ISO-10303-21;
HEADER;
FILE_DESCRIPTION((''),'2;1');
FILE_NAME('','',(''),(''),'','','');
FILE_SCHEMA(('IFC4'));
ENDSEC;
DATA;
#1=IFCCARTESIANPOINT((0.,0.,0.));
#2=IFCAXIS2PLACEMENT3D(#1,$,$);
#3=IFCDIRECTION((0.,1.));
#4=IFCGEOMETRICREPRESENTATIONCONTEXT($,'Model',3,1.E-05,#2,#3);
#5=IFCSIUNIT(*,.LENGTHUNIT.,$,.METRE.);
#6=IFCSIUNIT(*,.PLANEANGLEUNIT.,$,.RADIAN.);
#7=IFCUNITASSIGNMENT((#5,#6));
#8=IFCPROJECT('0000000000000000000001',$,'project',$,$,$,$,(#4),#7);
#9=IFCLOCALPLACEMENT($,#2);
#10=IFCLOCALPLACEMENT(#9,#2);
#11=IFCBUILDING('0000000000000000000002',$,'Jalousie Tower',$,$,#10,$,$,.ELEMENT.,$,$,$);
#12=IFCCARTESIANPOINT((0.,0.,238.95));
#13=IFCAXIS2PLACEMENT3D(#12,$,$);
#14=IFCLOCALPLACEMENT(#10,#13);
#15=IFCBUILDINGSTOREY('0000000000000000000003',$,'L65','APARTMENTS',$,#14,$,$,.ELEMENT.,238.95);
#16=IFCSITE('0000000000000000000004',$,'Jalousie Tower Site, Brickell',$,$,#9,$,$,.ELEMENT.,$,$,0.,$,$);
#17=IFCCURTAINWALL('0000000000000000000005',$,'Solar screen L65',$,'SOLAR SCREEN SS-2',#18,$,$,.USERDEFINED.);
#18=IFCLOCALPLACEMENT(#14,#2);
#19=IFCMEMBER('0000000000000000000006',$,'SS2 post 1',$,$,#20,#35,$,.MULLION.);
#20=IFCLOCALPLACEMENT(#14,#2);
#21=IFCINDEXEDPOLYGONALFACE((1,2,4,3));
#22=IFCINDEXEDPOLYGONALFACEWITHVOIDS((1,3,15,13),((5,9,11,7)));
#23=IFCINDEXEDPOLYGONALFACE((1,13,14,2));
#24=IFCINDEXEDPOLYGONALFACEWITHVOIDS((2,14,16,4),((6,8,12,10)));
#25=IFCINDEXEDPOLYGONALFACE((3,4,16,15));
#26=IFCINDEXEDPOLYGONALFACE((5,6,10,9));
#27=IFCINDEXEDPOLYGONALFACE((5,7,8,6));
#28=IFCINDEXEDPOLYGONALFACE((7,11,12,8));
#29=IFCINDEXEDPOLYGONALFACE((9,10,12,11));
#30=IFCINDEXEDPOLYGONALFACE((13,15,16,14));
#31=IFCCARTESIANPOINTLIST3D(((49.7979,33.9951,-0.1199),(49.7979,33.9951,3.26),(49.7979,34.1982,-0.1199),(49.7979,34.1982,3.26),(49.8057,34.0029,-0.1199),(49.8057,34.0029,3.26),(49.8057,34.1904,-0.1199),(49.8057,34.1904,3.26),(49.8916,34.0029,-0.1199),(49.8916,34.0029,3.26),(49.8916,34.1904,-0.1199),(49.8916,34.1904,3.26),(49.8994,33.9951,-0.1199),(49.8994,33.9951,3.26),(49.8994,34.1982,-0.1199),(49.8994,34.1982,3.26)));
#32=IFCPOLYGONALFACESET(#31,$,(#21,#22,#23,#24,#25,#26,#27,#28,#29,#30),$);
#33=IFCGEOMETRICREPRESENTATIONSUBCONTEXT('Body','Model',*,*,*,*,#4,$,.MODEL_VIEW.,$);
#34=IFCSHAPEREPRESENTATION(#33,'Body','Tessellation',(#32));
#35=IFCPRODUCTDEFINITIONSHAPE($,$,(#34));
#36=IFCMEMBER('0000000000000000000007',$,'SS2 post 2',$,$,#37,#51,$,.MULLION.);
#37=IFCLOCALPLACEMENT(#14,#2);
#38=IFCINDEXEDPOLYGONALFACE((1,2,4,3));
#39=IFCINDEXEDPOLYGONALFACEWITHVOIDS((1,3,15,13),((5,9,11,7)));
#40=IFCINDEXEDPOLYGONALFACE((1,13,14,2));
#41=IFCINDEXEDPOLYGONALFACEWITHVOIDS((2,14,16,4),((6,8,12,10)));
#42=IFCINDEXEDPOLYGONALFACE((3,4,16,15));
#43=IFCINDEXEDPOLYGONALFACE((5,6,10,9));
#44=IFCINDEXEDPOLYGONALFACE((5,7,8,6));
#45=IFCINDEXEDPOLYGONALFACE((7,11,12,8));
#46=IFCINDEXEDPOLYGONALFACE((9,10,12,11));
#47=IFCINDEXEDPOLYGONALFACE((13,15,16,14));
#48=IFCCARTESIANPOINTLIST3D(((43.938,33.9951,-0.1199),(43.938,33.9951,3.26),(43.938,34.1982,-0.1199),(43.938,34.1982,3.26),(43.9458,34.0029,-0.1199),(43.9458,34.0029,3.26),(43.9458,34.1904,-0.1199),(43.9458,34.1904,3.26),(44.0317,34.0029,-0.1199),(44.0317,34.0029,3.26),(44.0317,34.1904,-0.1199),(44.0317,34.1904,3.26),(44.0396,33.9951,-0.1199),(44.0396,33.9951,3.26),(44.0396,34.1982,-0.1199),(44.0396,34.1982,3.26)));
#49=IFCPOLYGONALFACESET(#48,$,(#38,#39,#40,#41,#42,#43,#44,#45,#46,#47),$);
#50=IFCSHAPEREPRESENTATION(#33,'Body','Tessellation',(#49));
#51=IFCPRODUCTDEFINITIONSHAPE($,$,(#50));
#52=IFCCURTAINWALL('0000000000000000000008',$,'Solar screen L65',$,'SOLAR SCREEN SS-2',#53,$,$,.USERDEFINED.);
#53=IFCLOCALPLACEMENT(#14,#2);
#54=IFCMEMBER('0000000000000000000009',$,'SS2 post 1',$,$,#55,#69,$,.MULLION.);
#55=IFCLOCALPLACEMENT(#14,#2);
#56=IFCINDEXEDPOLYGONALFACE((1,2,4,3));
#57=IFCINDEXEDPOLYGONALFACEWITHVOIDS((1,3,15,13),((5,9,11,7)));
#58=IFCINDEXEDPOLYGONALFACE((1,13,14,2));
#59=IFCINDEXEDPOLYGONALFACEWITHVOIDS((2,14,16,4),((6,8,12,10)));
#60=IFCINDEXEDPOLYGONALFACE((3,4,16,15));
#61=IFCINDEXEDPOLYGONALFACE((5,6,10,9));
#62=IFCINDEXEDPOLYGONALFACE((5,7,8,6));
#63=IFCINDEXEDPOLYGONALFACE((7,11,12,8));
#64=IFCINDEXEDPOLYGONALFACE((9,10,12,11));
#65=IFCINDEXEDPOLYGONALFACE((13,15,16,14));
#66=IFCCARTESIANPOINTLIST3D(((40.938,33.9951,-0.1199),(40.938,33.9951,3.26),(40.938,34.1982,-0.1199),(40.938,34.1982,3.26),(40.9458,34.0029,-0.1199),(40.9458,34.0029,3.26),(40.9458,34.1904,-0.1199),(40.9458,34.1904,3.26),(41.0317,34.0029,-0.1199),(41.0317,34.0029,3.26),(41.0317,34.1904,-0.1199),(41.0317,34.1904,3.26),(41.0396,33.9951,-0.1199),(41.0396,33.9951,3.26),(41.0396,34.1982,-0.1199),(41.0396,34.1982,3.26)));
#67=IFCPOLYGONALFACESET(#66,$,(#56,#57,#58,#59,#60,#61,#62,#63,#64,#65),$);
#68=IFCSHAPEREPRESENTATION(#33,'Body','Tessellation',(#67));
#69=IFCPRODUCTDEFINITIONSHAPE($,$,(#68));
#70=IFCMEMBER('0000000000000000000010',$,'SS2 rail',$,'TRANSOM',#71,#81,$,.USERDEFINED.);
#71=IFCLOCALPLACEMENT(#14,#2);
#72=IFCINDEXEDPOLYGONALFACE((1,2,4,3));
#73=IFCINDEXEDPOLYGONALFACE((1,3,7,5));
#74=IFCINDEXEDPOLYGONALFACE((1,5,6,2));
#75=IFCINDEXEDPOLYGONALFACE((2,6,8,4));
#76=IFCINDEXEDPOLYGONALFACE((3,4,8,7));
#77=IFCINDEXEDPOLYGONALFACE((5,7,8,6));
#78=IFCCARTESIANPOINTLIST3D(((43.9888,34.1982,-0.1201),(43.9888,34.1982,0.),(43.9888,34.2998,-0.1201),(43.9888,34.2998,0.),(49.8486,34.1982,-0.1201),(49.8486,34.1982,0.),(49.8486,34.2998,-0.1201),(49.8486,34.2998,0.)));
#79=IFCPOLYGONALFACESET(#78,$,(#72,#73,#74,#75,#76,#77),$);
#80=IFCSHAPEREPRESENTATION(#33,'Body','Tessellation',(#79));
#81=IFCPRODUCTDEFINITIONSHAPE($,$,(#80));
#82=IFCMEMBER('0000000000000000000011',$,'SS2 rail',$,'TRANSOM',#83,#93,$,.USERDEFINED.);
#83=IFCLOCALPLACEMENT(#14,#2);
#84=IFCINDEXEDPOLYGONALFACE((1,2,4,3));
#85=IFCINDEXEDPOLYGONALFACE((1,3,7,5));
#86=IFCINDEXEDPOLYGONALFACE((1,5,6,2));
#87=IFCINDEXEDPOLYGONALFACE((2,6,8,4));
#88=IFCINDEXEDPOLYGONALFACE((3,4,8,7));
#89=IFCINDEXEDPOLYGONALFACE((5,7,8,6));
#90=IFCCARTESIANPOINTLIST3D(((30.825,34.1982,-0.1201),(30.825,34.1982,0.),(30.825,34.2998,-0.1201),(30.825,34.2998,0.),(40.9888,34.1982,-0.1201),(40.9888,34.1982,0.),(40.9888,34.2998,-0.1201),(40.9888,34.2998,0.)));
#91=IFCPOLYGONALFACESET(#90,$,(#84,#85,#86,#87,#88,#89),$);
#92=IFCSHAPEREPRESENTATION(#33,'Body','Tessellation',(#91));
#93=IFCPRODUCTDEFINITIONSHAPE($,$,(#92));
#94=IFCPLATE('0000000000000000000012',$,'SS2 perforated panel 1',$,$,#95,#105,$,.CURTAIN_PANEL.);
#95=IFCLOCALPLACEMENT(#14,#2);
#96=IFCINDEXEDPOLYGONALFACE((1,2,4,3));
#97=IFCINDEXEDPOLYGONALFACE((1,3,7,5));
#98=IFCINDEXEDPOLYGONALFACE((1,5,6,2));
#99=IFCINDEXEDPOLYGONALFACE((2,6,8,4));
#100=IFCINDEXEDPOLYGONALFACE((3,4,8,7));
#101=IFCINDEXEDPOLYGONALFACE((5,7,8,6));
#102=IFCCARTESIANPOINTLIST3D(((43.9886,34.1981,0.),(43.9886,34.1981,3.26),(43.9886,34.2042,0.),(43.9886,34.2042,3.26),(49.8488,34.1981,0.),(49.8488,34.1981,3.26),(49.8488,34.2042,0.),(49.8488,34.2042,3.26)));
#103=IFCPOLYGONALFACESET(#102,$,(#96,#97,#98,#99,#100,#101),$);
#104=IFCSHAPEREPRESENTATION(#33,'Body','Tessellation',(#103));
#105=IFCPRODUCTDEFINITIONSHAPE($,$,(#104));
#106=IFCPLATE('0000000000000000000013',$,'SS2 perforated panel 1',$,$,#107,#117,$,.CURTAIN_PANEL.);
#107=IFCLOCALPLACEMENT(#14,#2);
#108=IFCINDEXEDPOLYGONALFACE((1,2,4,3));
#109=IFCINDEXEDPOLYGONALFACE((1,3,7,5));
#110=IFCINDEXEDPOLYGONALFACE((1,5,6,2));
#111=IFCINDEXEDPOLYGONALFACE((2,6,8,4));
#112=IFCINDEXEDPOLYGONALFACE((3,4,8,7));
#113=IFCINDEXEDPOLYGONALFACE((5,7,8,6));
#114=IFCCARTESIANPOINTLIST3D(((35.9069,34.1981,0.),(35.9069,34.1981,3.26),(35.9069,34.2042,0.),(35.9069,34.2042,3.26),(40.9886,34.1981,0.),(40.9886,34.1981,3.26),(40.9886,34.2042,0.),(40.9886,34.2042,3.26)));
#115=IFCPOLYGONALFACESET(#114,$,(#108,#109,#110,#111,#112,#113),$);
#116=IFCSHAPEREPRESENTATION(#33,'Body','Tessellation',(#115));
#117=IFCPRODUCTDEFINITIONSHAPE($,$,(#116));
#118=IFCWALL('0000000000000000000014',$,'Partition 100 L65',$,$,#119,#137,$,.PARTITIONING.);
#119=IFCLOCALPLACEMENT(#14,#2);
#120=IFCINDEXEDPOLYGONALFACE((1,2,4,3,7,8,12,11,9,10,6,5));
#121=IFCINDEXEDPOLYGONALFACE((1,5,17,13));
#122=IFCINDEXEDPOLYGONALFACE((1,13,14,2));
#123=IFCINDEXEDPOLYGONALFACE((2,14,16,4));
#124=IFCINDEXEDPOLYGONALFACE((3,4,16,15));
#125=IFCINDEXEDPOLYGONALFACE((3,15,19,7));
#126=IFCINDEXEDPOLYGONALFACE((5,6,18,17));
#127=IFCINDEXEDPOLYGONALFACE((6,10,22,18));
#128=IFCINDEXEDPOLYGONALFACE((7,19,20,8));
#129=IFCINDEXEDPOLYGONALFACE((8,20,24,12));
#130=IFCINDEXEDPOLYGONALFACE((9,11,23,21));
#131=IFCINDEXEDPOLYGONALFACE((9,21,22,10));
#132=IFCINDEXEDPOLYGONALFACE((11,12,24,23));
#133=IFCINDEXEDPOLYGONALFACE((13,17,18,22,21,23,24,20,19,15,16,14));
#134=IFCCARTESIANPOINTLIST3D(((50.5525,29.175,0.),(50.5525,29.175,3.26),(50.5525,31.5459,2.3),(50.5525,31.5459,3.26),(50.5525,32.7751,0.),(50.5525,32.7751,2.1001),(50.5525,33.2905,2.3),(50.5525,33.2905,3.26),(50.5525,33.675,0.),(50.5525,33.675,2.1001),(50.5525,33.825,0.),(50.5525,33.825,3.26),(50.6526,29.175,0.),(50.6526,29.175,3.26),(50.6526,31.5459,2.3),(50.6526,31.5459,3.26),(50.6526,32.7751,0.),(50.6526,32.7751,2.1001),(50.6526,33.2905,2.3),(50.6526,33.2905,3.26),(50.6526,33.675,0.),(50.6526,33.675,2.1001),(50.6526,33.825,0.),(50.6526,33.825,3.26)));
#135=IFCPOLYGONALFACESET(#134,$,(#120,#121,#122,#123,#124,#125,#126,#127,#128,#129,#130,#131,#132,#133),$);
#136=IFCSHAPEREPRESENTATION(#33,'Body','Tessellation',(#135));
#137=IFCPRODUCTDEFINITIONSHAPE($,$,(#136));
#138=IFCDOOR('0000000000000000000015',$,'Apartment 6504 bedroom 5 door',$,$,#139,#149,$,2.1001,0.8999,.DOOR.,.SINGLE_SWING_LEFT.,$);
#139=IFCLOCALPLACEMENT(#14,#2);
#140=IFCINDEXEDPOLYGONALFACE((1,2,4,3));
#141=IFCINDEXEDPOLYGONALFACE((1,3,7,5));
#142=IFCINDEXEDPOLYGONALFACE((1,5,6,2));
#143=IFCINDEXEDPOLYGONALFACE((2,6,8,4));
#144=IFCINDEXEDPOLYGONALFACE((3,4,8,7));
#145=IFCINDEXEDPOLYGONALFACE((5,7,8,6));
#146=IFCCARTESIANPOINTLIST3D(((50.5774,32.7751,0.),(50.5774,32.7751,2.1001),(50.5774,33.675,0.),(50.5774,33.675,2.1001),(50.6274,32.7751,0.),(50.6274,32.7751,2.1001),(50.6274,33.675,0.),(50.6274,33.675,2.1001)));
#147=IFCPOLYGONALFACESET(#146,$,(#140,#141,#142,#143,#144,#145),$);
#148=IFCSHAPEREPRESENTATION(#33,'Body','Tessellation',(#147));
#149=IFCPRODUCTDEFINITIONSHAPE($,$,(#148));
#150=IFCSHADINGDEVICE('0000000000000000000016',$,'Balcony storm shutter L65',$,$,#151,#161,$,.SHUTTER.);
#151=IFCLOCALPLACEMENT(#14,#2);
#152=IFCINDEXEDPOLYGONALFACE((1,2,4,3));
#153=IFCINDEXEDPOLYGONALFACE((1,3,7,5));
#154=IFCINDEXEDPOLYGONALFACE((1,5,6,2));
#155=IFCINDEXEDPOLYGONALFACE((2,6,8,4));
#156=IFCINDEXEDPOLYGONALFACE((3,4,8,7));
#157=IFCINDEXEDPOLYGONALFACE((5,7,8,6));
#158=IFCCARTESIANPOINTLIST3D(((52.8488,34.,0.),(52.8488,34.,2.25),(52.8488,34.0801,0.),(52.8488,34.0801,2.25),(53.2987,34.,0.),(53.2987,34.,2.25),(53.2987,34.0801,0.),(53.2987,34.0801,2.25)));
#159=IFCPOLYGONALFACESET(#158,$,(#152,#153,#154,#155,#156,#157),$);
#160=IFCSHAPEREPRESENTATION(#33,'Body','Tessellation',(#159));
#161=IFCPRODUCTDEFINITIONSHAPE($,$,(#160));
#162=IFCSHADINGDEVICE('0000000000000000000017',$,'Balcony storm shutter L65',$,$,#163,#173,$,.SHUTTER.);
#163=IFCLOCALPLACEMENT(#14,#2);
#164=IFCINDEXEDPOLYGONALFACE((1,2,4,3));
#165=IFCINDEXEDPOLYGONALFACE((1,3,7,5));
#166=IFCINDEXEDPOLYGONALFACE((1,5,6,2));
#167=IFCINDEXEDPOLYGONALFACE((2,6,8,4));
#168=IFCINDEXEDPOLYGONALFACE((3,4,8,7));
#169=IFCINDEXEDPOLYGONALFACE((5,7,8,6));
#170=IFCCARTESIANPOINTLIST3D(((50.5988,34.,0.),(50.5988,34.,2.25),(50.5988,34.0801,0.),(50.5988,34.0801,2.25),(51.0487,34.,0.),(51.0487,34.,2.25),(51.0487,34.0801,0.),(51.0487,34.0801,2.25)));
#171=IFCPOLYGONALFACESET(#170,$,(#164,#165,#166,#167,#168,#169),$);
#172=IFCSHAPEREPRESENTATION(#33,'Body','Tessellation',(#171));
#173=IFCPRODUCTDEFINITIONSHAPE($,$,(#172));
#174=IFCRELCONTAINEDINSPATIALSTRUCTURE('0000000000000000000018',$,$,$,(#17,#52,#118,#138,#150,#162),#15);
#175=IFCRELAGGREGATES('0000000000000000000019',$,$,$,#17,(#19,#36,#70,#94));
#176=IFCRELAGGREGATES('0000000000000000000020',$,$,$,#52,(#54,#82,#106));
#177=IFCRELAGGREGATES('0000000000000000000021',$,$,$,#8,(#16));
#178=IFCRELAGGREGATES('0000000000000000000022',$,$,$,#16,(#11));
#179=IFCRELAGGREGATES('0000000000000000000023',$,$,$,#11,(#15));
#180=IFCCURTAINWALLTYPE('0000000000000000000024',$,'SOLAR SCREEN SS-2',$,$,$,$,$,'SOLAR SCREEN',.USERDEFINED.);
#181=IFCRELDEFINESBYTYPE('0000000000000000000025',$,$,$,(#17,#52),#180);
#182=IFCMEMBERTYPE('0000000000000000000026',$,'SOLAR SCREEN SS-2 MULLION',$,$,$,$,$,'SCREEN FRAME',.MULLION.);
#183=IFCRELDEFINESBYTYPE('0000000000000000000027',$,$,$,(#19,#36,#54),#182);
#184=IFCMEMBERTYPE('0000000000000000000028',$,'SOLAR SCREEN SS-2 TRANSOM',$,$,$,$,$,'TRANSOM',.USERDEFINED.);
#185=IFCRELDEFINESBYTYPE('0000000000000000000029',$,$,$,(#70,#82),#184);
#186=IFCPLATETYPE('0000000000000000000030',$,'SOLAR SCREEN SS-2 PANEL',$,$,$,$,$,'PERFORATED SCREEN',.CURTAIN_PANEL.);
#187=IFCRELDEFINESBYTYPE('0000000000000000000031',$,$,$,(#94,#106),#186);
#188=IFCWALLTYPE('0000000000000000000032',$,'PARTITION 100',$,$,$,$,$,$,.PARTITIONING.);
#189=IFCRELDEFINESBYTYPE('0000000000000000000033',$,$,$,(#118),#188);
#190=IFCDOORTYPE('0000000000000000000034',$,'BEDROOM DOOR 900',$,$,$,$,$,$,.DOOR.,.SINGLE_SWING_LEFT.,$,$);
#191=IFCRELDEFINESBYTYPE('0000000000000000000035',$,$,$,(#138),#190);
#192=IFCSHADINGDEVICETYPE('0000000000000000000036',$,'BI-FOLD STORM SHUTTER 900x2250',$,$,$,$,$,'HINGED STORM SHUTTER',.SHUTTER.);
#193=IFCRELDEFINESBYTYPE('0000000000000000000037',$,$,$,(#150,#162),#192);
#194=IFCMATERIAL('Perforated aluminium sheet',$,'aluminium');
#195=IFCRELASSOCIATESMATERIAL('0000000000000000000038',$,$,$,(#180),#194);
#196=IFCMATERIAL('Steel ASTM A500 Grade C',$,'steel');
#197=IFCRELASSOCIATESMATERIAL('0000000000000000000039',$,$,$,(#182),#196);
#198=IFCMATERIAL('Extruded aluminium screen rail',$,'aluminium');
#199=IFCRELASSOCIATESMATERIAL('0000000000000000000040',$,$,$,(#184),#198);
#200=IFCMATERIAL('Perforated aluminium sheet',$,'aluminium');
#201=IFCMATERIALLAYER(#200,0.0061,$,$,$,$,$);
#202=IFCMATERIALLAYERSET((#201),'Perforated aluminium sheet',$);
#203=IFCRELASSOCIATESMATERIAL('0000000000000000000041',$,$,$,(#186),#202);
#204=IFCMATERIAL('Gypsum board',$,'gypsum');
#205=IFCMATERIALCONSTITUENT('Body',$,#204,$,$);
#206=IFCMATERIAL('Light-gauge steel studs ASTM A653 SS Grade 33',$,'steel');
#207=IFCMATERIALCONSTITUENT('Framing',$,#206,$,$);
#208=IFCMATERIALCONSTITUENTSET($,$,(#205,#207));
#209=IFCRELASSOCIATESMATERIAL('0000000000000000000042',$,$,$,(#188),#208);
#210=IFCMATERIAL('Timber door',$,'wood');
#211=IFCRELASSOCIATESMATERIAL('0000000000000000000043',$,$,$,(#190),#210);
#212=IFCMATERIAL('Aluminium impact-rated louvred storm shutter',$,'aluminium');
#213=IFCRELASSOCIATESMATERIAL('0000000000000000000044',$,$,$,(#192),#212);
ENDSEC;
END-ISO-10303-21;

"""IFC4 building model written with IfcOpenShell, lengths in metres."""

from ifc_helpers import new_model, si_unit, direction, frame, frame_2d, origin, origin_2d, place, context, subcontext, project, spatial, polyline, rectangle, hollow_rectangle, outline, extrude, material, layer, layer_set, constituent, constituent_set, material_profile, profile_set, type_object, element, fill, aggregate, save


model = new_model("IFC4")

# Units and contexts
model_context = context("Model", 3, precision=1e-05, world=origin(), true_north=direction((0.0, 1.0)))
body_context = subcontext(model_context, "Body", "Model", "MODEL_VIEW")
ifc_project = project(units=[si_unit("LENGTHUNIT", "METRE"), si_unit("PLANEANGLEUNIT", "RADIAN")], contexts=[model_context])

# Site, building, storey
site_placement = place(None, origin())
site = spatial("IfcSite", under=ifc_project, at=site_placement, Name="Jalousie Tower Site, Brickell", CompositionType="ELEMENT", RefElevation=0.0)
building_placement = place(site_placement, origin())
building = spatial("IfcBuilding", under=site, at=building_placement, Name="Jalousie Tower", CompositionType="ELEMENT")
storey_placement = place(building_placement, frame((0.0, 0.0, 238.95)))
storey = spatial("IfcBuildingStorey", under=building, at=storey_placement, Name="L65", Description="APARTMENTS", CompositionType="ELEMENT", Elevation=238.95)

# Curtain wall, members
ifc_material_1 = material(Name="Perforated aluminium sheet", Category="aluminium")
curtain_wall_type = type_object("IfcCurtainWallType", Name="SOLAR SCREEN SS-2", ElementType="SOLAR SCREEN", PredefinedType="USERDEFINED", material=ifc_material_1)
curtain_wall_1_placement = place(storey_placement, origin())
curtain_wall_1 = element("IfcCurtainWall", 1, at=curtain_wall_1_placement, inside=storey, type_object=curtain_wall_type, Name="Solar screen L65", ObjectType="SOLAR SCREEN SS-2", PredefinedType="USERDEFINED")
ifc_material_2 = material(Name="Steel ASTM A500 Grade C", Category="steel")
ifc_material_profile_1 = material_profile(ifc_material_2, hollow_rectangle(XDim=0.1016, YDim=0.2031, WallThickness=0.0078, at=origin_2d()), Name="HSS8X4X5/16")
ifc_profile_set_1 = profile_set([ifc_material_profile_1], Name="Steel ASTM A500 Grade C")
member_type_1 = type_object("IfcMemberType", Name="SOLAR SCREEN SS-2 MULLION", ElementType="SCREEN FRAME", PredefinedType="MULLION", material=ifc_profile_set_1)
member_1_placement = place(storey_placement, frame((49.8486, 34.0967, -0.1199), z_axis=(0.0, 0.0, 1.0), x_axis=(-1.0, 0.0, 0.0)))
member_1 = element("IfcMember", 2, at=member_1_placement, type_object=member_type_1, Name="SS2 post 1", PredefinedType="MULLION", context=body_context, shape_type="SweptSolid", body=[
    extrude(hollow_rectangle(XDim=0.1016, YDim=0.2031, WallThickness=0.0078, at=origin_2d()), origin(), (0.0, 0.0, 1.0), 3.3799),
])
member_2_placement = place(storey_placement, frame((43.9888, 34.0967, -0.1199), z_axis=(0.0, 0.0, 1.0), x_axis=(-1.0, 0.0, 0.0)))
member_2 = element("IfcMember", 3, at=member_2_placement, type_object=member_type_1, Name="SS2 post 2", PredefinedType="MULLION", context=body_context, shape_type="SweptSolid", body=[
    extrude(hollow_rectangle(XDim=0.1016, YDim=0.2031, WallThickness=0.0078, at=origin_2d()), origin(), (0.0, 0.0, 1.0), 3.3799),
])

# Curtain wall, member
curtain_wall_2_placement = place(storey_placement, origin())
curtain_wall_2 = element("IfcCurtainWall", 4, at=curtain_wall_2_placement, inside=storey, type_object=curtain_wall_type, Name="Solar screen L65", ObjectType="SOLAR SCREEN SS-2", PredefinedType="USERDEFINED")
member_3_placement = place(storey_placement, frame((40.9888, 34.0967, -0.1199), z_axis=(0.0, 0.0, 1.0), x_axis=(-1.0, 0.0, 0.0)))
member_3 = element("IfcMember", 5, at=member_3_placement, type_object=member_type_1, Name="SS2 post 1", PredefinedType="MULLION", context=body_context, shape_type="SweptSolid", body=[
    extrude(hollow_rectangle(XDim=0.1016, YDim=0.2031, WallThickness=0.0078, at=origin_2d()), origin(), (0.0, 0.0, 1.0), 3.3799),
])

# Members
ifc_material_3 = material(Name="Extruded aluminium screen rail", Category="aluminium")
ifc_material_profile_2 = material_profile(ifc_material_3, rectangle(XDim=0.1016, YDim=0.1201, at=origin_2d()), Name="RAIL 102x120")
ifc_profile_set_2 = profile_set([ifc_material_profile_2], Name="Extruded aluminium screen rail")
member_type_2 = type_object("IfcMemberType", Name="SOLAR SCREEN SS-2 TRANSOM", ElementType="TRANSOM", PredefinedType="USERDEFINED", material=ifc_profile_set_2)
member_4_placement = place(storey_placement, frame((49.8486, 34.249, -0.0601), z_axis=(-1.0, 0.0, 0.0), x_axis=(0.0, -1.0, 0.0)))
member_4 = element("IfcMember", 6, at=member_4_placement, type_object=member_type_2, Name="SS2 rail", ObjectType="TRANSOM", PredefinedType="USERDEFINED", context=body_context, shape_type="SweptSolid", body=[
    extrude(rectangle(XDim=0.1016, YDim=0.1201, at=origin_2d()), origin(), (0.0, 0.0, 1.0), 5.8599),
])
member_5_placement = place(storey_placement, frame((40.9888, 34.249, -0.0601), z_axis=(-1.0, 0.0, 0.0), x_axis=(0.0, -1.0, 0.0)))
member_5 = element("IfcMember", 7, at=member_5_placement, type_object=member_type_2, Name="SS2 rail", ObjectType="TRANSOM", PredefinedType="USERDEFINED", context=body_context, shape_type="SweptSolid", body=[
    extrude(rectangle(XDim=0.1016, YDim=0.1201, at=origin_2d()), origin(), (0.0, 0.0, 1.0), 10.1638),
])

# Plates
ifc_material_4 = material(Name="Perforated aluminium sheet", Category="aluminium")
ifc_layer_1 = layer(ifc_material_4, 0.0061)
ifc_layer_set_1 = layer_set([ifc_layer_1], Name="Perforated aluminium sheet")
plate_type = type_object("IfcPlateType", Name="SOLAR SCREEN SS-2 PANEL", ElementType="PERFORATED SCREEN", PredefinedType="CURTAIN_PANEL", material=ifc_layer_set_1)
plate_1_placement = place(storey_placement, frame((46.9187, 34.2012, 0.0), z_axis=(0.0, 0.0, 1.0), x_axis=(-1.0, 0.0, 0.0)))
plate_1 = element("IfcPlate", 8, at=plate_1_placement, type_object=plate_type, Name="SS2 perforated panel 1", PredefinedType="CURTAIN_PANEL", context=body_context, shape_type="SweptSolid", body=[
    extrude(rectangle(XDim=5.8601, YDim=0.0061, at=origin_2d()), origin(), (0.0, 0.0, 1.0), 3.26),
])
aggregate(curtain_wall_1, [member_1, member_2, member_4, plate_1])
plate_2_placement = place(storey_placement, frame((38.4478, 34.2012, 0.0), z_axis=(0.0, 0.0, 1.0), x_axis=(-1.0, 0.0, 0.0)))
plate_2 = element("IfcPlate", 9, at=plate_2_placement, type_object=plate_type, Name="SS2 perforated panel 1", PredefinedType="CURTAIN_PANEL", context=body_context, shape_type="SweptSolid", body=[
    extrude(rectangle(XDim=5.0818, YDim=0.0061, at=origin_2d()), origin(), (0.0, 0.0, 1.0), 3.26),
])
aggregate(curtain_wall_2, [member_3, member_5, plate_2])

# Wall, opening, door
ifc_material_5 = material(Name="Gypsum board", Category="gypsum")
ifc_constituent_1 = constituent(ifc_material_5, Name="Body")
ifc_material_6 = material(Name="Light-gauge steel studs ASTM A653 SS Grade 33", Category="steel")
ifc_constituent_2 = constituent(ifc_material_6, Name="Framing")
ifc_constituent_set = constituent_set(constituents=[ifc_constituent_1, ifc_constituent_2])
wall_type = type_object("IfcWallType", Name="PARTITION 100", PredefinedType="PARTITIONING", material=ifc_constituent_set)
wall_placement = place(storey_placement, frame((50.6025, 33.825, 0.0), z_axis=(0.0, 0.0, 1.0), x_axis=(0.0, -1.0, 0.0)))
wall = element("IfcWall", 10, at=wall_placement, inside=storey, type_object=wall_type, Name="Partition 100 L65", PredefinedType="PARTITIONING", context=body_context, shape_type="SweptSolid", body=[
    extrude(outline(polyline([(0.0, 0.0), (4.6499, 0.0), (4.6499, 3.26), (2.2791, 3.26), (2.2791, 2.3), (0.5344, 2.3), (0.5344, 3.26), (0.0, 3.26), (0.0, 0.0)])), frame((0.0, 0.05, 0.0), z_axis=(0.0, -1.0, 0.0), x_axis=(1.0, 0.0, 0.0)), (0.0, 0.0, 1.0), 0.1001),
])
opening_placement = place(wall_placement, frame((0.1499, 0.0, 0.0)))
opening = element("IfcOpeningElement", 11, at=opening_placement, cuts=wall, PredefinedType="OPENING", context=body_context, shape_type="SweptSolid", body=[
    extrude(rectangle(XDim=0.8999, YDim=2.1001, at=frame_2d((0.45, 1.05))), frame((0.0, 0.0601, 0.0), z_axis=(0.0, -1.0, 0.0), x_axis=(1.0, 0.0, 0.0)), (0.0, 0.0, 1.0), 0.1201),
])
ifc_material_7 = material(Name="Timber door", Category="wood")
door_type = type_object("IfcDoorType", Name="BEDROOM DOOR 900", OperationType="SINGLE_SWING_LEFT", PredefinedType="DOOR", material=ifc_material_7)
door_placement = place(opening_placement, origin())
door = element("IfcDoor", 12, at=door_placement, inside=storey, type_object=door_type, Name="Apartment 6504 bedroom 5 door", OperationType="SINGLE_SWING_LEFT", OverallHeight=2.1001, OverallWidth=0.8999, PredefinedType="DOOR", context=body_context, shape_type="SweptSolid", body=[
    extrude(rectangle(XDim=0.8999, YDim=2.1001, at=frame_2d((0.45, 1.05))), frame((0.0, 0.0249, 0.0), z_axis=(0.0, -1.0, 0.0), x_axis=(1.0, 0.0, 0.0)), (0.0, 0.0, 1.0), 0.05),
])
fill(opening, door)

# Shading devices
ifc_material_8 = material(Name="Aluminium impact-rated louvred storm shutter", Category="aluminium")
shading_device_type_1 = type_object("IfcShadingDeviceType", Name="BI-FOLD STORM SHUTTER 900x2250", ElementType="HINGED STORM SHUTTER", PredefinedType="SHUTTER", material=ifc_material_8)
for number, where, z_axis, x_axis, name in (
    (13, (53.0737, 34.04, 0.0), (0.0, 0.0, 1.0), (-1.0, 0.0, 0.0), "Balcony storm shutter L65"),
    (14, (50.8237, 34.04, 0.0), (0.0, 0.0, 1.0), (-1.0, 0.0, 0.0), "Balcony storm shutter L65"),
):
    element("IfcShadingDevice", number, at=place(storey_placement, frame(where, z_axis=z_axis, x_axis=x_axis)), inside=storey, type_object=shading_device_type_1, Name=name, PredefinedType="SHUTTER", context=body_context, shape_type="SweptSolid", body=[
        extrude(rectangle(XDim=0.45, YDim=0.0801, at=origin_2d()), origin(), (0.0, 0.0, 1.0), 2.25),
    ])

save(model, "model.ifc")
